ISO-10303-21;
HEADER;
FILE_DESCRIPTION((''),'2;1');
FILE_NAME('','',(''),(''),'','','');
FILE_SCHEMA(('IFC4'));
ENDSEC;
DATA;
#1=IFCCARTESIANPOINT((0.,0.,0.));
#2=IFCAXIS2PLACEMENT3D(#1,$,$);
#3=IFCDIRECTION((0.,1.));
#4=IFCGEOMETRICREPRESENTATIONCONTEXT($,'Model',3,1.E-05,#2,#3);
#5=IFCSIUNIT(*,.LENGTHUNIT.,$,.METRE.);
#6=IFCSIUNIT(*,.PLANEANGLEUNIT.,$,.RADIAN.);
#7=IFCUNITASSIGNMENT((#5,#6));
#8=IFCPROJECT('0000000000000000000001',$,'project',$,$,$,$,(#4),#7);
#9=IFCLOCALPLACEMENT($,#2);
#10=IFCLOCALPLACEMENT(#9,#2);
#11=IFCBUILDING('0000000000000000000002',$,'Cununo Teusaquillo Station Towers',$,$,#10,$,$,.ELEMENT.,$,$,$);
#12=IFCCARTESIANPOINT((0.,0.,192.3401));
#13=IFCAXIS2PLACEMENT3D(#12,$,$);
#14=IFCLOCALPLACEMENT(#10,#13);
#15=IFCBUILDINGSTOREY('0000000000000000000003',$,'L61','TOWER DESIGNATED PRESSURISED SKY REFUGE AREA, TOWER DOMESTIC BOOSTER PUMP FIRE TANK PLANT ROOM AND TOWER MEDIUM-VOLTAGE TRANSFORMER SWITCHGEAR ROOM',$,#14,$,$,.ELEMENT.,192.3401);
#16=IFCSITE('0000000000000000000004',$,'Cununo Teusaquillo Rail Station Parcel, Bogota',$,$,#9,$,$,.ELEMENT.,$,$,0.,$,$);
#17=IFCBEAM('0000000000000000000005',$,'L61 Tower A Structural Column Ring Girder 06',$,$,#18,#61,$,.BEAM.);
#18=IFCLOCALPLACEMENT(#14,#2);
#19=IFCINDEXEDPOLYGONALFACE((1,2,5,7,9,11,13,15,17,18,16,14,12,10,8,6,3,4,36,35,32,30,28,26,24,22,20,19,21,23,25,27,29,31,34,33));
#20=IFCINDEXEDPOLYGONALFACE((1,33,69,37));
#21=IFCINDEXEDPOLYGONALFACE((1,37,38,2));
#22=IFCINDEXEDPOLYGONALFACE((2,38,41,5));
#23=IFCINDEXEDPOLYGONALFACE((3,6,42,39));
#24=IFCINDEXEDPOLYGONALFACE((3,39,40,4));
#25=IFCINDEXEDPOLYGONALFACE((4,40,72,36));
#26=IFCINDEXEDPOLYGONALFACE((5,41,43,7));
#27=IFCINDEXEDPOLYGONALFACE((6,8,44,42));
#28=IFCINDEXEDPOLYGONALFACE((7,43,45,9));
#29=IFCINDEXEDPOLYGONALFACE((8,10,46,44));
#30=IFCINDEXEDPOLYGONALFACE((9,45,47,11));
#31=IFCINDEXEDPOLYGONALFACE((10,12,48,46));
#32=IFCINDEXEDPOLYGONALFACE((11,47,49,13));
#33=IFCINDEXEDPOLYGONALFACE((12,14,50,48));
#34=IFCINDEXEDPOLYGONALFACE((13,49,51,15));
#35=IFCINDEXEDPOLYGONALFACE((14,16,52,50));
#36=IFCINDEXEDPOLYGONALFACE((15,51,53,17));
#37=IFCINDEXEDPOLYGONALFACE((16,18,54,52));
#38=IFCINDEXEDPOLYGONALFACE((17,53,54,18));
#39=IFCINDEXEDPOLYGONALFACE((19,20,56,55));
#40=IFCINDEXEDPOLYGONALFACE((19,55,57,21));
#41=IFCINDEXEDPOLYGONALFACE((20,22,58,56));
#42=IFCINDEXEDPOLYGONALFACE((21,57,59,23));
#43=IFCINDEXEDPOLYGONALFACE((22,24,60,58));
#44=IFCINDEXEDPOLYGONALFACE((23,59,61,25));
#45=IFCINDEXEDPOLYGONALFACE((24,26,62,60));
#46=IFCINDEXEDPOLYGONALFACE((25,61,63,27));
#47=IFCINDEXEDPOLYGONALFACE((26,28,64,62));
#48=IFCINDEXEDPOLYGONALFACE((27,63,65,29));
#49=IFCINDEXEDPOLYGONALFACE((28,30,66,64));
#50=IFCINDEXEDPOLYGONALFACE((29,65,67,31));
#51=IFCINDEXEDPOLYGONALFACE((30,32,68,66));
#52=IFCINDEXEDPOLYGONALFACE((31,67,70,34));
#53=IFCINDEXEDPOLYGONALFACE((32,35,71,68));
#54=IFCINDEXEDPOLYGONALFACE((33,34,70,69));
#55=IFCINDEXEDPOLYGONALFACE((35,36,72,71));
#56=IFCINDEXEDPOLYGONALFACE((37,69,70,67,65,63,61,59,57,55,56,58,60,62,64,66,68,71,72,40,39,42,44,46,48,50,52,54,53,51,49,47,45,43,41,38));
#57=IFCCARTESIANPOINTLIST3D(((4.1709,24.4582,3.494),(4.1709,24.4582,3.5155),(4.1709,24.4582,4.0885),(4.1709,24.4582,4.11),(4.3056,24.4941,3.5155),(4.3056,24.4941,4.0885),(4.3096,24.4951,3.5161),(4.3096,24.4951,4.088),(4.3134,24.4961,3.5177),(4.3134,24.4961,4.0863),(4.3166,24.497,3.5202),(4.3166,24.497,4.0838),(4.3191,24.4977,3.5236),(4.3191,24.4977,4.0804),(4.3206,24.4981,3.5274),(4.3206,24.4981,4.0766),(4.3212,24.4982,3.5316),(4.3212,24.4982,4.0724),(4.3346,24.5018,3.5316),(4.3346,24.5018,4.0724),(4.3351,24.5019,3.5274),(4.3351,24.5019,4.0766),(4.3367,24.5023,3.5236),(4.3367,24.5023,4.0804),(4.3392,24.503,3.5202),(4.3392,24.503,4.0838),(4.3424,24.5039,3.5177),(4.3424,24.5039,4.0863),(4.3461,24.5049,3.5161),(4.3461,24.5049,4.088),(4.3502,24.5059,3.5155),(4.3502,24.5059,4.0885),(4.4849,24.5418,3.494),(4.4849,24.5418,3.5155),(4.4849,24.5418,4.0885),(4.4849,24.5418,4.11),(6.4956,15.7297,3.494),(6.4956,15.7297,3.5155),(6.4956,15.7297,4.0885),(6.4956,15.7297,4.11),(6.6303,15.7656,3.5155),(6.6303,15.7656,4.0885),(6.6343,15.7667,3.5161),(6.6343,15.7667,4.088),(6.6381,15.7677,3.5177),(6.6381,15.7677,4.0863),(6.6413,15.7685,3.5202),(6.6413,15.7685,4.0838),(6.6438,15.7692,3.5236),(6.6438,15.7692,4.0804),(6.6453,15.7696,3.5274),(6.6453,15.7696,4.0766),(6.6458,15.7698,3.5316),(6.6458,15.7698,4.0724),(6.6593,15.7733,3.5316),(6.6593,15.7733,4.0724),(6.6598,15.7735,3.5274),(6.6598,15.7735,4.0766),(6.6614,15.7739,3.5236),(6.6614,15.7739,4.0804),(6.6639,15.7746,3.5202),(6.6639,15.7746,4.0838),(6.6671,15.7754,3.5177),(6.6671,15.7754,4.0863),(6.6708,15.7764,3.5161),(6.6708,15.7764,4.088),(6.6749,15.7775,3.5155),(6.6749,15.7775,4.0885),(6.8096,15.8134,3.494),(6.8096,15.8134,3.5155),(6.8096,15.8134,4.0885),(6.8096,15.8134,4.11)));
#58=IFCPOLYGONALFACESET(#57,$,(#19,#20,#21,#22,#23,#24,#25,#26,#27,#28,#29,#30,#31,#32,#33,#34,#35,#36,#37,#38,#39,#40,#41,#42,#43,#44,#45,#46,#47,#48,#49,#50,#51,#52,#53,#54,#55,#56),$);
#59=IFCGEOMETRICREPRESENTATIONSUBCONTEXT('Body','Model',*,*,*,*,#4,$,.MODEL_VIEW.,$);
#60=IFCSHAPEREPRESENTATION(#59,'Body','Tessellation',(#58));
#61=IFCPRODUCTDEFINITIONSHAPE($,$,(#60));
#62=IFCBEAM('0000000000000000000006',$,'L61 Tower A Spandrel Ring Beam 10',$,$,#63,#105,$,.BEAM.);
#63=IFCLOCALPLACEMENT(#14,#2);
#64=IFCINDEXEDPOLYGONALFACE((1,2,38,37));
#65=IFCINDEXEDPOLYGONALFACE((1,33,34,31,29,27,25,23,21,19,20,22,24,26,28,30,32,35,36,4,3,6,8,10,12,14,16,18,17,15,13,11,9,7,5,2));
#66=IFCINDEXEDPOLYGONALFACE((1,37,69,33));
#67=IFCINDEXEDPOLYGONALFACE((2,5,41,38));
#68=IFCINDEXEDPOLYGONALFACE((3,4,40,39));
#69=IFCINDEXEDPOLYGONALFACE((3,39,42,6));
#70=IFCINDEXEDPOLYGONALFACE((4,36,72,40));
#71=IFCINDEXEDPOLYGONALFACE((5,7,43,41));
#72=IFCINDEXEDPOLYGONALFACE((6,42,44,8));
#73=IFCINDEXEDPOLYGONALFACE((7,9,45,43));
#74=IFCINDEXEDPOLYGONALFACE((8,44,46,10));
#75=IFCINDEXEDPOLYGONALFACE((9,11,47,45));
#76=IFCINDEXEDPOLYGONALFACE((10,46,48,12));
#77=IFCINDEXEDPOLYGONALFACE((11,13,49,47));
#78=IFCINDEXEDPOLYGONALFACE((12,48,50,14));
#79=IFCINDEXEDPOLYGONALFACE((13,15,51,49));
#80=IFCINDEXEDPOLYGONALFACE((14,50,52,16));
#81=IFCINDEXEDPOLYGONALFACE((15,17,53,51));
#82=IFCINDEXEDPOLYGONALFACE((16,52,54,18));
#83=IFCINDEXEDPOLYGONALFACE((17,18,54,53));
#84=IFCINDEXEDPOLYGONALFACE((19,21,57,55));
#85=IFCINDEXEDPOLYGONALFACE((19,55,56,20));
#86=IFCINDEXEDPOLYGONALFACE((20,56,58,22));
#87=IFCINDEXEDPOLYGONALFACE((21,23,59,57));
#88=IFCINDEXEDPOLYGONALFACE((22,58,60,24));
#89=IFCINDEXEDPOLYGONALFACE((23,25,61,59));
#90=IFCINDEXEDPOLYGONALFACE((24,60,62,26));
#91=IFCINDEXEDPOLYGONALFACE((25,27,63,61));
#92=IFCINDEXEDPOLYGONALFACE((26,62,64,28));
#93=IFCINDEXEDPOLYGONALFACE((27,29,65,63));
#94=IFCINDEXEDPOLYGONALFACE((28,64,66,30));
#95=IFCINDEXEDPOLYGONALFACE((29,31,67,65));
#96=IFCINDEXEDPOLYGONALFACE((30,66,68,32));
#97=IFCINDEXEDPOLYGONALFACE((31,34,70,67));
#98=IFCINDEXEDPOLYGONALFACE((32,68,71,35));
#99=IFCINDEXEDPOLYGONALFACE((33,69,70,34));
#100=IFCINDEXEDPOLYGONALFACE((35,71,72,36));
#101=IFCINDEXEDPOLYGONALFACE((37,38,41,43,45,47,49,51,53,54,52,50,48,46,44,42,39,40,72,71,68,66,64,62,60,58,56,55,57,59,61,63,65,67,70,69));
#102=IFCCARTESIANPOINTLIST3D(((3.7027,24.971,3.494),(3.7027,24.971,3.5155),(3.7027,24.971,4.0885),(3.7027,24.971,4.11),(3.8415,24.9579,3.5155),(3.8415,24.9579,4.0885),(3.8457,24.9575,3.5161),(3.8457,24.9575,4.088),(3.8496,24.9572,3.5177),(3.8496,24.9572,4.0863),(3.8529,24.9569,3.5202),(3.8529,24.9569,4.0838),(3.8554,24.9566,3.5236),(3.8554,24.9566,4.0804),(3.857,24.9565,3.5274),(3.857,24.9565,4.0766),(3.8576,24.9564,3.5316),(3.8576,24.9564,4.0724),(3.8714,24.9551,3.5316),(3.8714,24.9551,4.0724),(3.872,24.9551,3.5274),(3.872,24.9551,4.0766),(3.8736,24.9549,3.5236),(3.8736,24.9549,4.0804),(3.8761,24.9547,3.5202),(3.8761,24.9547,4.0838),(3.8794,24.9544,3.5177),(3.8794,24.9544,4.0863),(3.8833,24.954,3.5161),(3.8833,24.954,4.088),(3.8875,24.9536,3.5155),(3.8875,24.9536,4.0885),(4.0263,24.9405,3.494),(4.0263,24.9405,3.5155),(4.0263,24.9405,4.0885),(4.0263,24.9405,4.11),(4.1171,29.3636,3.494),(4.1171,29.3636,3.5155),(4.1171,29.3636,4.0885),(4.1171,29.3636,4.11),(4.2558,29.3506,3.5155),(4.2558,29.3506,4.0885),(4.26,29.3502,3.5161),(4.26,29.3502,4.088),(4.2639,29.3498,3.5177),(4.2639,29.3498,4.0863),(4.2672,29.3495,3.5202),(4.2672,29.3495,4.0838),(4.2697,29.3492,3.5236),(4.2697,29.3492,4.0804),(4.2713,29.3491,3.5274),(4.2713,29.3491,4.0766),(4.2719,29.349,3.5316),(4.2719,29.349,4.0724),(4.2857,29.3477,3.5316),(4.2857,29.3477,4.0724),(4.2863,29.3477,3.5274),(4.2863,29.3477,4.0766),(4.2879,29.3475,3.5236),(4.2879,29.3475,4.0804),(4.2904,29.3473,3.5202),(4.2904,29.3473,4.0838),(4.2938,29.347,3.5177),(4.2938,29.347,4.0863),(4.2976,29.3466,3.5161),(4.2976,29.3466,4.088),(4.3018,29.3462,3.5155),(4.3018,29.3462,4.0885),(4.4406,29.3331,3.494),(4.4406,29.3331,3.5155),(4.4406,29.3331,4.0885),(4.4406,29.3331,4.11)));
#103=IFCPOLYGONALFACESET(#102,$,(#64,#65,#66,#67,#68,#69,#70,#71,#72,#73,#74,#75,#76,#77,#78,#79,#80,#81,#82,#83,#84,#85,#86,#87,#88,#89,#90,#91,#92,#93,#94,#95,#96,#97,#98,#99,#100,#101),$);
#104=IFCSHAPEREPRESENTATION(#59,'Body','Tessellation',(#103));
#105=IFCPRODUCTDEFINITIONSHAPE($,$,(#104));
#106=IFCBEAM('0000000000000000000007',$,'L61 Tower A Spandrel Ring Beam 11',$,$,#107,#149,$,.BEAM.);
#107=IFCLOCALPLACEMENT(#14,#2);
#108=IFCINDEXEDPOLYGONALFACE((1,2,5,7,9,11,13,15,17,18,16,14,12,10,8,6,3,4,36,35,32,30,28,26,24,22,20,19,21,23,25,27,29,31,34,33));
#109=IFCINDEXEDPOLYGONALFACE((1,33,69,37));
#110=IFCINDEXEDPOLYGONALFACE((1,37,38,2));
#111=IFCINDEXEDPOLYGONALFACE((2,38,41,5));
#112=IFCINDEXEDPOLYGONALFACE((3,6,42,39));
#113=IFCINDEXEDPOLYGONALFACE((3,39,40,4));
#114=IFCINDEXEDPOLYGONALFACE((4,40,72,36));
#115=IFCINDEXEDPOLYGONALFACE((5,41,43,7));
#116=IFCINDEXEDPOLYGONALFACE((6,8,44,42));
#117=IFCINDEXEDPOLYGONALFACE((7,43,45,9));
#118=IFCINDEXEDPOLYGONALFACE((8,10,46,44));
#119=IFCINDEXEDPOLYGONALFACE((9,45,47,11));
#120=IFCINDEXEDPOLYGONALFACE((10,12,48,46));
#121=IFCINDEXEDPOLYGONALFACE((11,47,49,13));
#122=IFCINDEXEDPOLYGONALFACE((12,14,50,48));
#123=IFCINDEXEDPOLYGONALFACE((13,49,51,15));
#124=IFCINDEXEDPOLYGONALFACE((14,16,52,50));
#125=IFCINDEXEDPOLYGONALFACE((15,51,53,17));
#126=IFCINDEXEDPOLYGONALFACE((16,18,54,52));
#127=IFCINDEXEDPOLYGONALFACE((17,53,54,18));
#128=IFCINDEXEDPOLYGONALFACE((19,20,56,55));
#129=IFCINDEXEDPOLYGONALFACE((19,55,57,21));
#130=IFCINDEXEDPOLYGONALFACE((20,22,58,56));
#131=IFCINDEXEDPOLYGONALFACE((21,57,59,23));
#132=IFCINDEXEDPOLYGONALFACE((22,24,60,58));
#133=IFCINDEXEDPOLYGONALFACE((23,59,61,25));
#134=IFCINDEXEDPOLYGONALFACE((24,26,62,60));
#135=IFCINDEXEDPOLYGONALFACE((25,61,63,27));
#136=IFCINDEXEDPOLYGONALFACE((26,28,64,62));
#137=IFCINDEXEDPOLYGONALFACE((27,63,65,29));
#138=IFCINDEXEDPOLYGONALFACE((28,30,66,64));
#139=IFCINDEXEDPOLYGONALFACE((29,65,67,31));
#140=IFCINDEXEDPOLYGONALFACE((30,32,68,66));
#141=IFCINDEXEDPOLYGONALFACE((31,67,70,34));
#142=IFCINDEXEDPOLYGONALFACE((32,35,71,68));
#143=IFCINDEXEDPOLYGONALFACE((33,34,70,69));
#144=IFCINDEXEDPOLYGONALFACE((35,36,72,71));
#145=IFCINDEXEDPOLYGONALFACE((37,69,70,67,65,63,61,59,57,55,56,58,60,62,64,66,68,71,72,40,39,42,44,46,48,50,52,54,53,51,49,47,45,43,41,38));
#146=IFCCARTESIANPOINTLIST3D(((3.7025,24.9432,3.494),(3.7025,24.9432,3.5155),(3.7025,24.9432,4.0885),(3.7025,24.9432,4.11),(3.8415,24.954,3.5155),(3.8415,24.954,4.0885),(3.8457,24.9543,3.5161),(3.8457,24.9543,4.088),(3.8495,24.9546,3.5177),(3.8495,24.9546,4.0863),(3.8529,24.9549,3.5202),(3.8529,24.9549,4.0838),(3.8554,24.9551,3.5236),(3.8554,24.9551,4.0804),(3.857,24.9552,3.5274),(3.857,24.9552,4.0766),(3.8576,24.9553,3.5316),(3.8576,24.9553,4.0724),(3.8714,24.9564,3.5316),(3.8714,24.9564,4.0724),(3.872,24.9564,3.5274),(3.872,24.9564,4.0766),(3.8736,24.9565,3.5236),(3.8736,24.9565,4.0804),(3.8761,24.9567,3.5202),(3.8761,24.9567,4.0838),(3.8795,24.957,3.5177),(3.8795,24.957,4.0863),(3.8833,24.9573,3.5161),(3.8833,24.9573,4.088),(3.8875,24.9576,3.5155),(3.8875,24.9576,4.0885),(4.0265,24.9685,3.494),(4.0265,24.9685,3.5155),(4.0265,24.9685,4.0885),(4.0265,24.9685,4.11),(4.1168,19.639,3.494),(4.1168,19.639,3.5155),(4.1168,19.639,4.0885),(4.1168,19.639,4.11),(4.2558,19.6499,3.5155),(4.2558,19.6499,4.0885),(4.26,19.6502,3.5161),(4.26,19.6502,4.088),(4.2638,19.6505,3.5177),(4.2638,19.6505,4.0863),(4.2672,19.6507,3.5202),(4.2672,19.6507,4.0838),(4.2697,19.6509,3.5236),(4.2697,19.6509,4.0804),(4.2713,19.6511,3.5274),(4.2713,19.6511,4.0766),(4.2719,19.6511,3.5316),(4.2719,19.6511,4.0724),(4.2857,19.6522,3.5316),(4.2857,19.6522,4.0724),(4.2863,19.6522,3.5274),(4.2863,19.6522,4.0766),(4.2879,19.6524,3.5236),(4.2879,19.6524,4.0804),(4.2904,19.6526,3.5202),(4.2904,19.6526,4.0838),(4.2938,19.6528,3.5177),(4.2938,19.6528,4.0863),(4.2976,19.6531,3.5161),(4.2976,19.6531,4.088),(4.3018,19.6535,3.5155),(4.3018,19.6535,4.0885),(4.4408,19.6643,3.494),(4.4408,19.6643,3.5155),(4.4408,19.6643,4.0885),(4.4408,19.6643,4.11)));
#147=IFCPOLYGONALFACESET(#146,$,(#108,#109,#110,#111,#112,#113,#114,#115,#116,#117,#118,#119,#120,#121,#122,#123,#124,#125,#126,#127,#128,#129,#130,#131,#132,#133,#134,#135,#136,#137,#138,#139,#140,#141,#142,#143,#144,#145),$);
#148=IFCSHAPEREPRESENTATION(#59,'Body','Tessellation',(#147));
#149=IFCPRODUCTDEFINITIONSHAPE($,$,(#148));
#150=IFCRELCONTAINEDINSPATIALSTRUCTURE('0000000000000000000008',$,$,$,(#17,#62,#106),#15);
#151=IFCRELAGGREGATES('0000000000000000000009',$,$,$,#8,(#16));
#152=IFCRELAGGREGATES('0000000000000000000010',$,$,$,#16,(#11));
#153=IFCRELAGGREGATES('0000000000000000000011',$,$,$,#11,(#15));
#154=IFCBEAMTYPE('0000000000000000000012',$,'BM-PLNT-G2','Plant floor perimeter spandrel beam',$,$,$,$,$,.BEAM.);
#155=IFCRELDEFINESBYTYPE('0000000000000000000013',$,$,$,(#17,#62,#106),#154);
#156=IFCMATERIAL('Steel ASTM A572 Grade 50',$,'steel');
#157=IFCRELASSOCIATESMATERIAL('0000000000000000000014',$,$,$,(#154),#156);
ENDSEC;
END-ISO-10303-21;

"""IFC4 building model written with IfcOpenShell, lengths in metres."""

from ifc_helpers import new_model, si_unit, direction, frame, origin, origin_2d, place, context, subcontext, project, spatial, i_section, extrude, material, material_profile, profile_set, type_object, element, save


model = new_model("IFC4")

# Units and contexts
model_context = context("Model", 3, precision=1e-05, world=origin(), true_north=direction((0.0, 1.0)))
body_context = subcontext(model_context, "Body", "Model", "MODEL_VIEW")
ifc_project = project(units=[si_unit("LENGTHUNIT", "METRE"), si_unit("PLANEANGLEUNIT", "RADIAN")], contexts=[model_context])

# Site, building, storey
site_placement = place(None, origin())
site = spatial("IfcSite", under=ifc_project, at=site_placement, Name="Cununo Teusaquillo Rail Station Parcel, Bogota", CompositionType="ELEMENT", RefElevation=0.0)
building_placement = place(site_placement, origin())
building = spatial("IfcBuilding", under=site, at=building_placement, Name="Cununo Teusaquillo Station Towers", CompositionType="ELEMENT")
storey_placement = place(building_placement, frame((0.0, 0.0, 192.3401)))
storey = spatial("IfcBuildingStorey", under=building, at=storey_placement, Name="L61", Description="TOWER DESIGNATED PRESSURISED SKY REFUGE AREA, TOWER DOMESTIC BOOSTER PUMP FIRE TANK PLANT ROOM AND TOWER MEDIUM-VOLTAGE TRANSFORMER SWITCHGEAR ROOM", CompositionType="ELEMENT", Elevation=192.3401)

# Beams
ifc_material_1 = material(Name="Steel ASTM A572 Grade 50", Category="steel")
ifc_material_profile_1 = material_profile(ifc_material_1, i_section(OverallWidth=0.325, OverallDepth=0.616, WebThickness=0.0139, FlangeThickness=0.0215, FilletRadius=0.0161, at=origin_2d()), Name="W24X117")
ifc_profile_set_1 = profile_set([ifc_material_profile_1], Name="Steel ASTM A572 Grade 50")
beam_type_1 = type_object("IfcBeamType", Name="BM-PLNT-G2", Description="Plant floor perimeter spandrel beam", PredefinedType="BEAM", material=ifc_profile_set_1)
beam_1_placement = place(storey_placement, frame((4.3279, 24.5, 3.802), z_axis=(0.257363, -0.966315, 0.0), x_axis=(0.966315, 0.257363, 0.0)))
element("IfcBeam", 1, at=beam_1_placement, inside=storey, type_object=beam_type_1, Name="L61 Tower A Structural Column Ring Girder 06", PredefinedType="BEAM", context=body_context, shape_type="SweptSolid", body=[
    extrude(i_section(OverallWidth=0.325, OverallDepth=0.616, WebThickness=0.0139, FlangeThickness=0.0215, FilletRadius=0.0161, at=origin_2d()), origin(), (0.0, 0.0, 1.0), 9.0327),
])
beam_2_placement = place(storey_placement, frame((4.2788, 29.3484, 3.802), z_axis=(-0.093903, -0.995581, 0.0), x_axis=(0.995581, -0.093903, 0.0)))
element("IfcBeam", 2, at=beam_2_placement, inside=storey, type_object=beam_type_1, Name="L61 Tower A Spandrel Ring Beam 10", PredefinedType="BEAM", context=body_context, shape_type="SweptSolid", body=[
    extrude(i_section(OverallWidth=0.325, OverallDepth=0.616, WebThickness=0.0139, FlangeThickness=0.0215, FilletRadius=0.0161, at=origin_2d()), origin(), (0.0, 0.0, 1.0), 4.4121),
])
beam_3_placement = place(storey_placement, frame((3.8645, 24.9558, 3.802), z_axis=(0.077872, -0.996963, 0.0), x_axis=(0.996963, 0.077872, 0.0)))
element("IfcBeam", 3, at=beam_3_placement, inside=storey, type_object=beam_type_1, Name="L61 Tower A Spandrel Ring Beam 11", PredefinedType="BEAM", context=body_context, shape_type="SweptSolid", body=[
    extrude(i_section(OverallWidth=0.325, OverallDepth=0.616, WebThickness=0.0139, FlangeThickness=0.0215, FilletRadius=0.0161, at=origin_2d()), origin(), (0.0, 0.0, 1.0), 5.3203),
])

save(model, "model.ifc")
